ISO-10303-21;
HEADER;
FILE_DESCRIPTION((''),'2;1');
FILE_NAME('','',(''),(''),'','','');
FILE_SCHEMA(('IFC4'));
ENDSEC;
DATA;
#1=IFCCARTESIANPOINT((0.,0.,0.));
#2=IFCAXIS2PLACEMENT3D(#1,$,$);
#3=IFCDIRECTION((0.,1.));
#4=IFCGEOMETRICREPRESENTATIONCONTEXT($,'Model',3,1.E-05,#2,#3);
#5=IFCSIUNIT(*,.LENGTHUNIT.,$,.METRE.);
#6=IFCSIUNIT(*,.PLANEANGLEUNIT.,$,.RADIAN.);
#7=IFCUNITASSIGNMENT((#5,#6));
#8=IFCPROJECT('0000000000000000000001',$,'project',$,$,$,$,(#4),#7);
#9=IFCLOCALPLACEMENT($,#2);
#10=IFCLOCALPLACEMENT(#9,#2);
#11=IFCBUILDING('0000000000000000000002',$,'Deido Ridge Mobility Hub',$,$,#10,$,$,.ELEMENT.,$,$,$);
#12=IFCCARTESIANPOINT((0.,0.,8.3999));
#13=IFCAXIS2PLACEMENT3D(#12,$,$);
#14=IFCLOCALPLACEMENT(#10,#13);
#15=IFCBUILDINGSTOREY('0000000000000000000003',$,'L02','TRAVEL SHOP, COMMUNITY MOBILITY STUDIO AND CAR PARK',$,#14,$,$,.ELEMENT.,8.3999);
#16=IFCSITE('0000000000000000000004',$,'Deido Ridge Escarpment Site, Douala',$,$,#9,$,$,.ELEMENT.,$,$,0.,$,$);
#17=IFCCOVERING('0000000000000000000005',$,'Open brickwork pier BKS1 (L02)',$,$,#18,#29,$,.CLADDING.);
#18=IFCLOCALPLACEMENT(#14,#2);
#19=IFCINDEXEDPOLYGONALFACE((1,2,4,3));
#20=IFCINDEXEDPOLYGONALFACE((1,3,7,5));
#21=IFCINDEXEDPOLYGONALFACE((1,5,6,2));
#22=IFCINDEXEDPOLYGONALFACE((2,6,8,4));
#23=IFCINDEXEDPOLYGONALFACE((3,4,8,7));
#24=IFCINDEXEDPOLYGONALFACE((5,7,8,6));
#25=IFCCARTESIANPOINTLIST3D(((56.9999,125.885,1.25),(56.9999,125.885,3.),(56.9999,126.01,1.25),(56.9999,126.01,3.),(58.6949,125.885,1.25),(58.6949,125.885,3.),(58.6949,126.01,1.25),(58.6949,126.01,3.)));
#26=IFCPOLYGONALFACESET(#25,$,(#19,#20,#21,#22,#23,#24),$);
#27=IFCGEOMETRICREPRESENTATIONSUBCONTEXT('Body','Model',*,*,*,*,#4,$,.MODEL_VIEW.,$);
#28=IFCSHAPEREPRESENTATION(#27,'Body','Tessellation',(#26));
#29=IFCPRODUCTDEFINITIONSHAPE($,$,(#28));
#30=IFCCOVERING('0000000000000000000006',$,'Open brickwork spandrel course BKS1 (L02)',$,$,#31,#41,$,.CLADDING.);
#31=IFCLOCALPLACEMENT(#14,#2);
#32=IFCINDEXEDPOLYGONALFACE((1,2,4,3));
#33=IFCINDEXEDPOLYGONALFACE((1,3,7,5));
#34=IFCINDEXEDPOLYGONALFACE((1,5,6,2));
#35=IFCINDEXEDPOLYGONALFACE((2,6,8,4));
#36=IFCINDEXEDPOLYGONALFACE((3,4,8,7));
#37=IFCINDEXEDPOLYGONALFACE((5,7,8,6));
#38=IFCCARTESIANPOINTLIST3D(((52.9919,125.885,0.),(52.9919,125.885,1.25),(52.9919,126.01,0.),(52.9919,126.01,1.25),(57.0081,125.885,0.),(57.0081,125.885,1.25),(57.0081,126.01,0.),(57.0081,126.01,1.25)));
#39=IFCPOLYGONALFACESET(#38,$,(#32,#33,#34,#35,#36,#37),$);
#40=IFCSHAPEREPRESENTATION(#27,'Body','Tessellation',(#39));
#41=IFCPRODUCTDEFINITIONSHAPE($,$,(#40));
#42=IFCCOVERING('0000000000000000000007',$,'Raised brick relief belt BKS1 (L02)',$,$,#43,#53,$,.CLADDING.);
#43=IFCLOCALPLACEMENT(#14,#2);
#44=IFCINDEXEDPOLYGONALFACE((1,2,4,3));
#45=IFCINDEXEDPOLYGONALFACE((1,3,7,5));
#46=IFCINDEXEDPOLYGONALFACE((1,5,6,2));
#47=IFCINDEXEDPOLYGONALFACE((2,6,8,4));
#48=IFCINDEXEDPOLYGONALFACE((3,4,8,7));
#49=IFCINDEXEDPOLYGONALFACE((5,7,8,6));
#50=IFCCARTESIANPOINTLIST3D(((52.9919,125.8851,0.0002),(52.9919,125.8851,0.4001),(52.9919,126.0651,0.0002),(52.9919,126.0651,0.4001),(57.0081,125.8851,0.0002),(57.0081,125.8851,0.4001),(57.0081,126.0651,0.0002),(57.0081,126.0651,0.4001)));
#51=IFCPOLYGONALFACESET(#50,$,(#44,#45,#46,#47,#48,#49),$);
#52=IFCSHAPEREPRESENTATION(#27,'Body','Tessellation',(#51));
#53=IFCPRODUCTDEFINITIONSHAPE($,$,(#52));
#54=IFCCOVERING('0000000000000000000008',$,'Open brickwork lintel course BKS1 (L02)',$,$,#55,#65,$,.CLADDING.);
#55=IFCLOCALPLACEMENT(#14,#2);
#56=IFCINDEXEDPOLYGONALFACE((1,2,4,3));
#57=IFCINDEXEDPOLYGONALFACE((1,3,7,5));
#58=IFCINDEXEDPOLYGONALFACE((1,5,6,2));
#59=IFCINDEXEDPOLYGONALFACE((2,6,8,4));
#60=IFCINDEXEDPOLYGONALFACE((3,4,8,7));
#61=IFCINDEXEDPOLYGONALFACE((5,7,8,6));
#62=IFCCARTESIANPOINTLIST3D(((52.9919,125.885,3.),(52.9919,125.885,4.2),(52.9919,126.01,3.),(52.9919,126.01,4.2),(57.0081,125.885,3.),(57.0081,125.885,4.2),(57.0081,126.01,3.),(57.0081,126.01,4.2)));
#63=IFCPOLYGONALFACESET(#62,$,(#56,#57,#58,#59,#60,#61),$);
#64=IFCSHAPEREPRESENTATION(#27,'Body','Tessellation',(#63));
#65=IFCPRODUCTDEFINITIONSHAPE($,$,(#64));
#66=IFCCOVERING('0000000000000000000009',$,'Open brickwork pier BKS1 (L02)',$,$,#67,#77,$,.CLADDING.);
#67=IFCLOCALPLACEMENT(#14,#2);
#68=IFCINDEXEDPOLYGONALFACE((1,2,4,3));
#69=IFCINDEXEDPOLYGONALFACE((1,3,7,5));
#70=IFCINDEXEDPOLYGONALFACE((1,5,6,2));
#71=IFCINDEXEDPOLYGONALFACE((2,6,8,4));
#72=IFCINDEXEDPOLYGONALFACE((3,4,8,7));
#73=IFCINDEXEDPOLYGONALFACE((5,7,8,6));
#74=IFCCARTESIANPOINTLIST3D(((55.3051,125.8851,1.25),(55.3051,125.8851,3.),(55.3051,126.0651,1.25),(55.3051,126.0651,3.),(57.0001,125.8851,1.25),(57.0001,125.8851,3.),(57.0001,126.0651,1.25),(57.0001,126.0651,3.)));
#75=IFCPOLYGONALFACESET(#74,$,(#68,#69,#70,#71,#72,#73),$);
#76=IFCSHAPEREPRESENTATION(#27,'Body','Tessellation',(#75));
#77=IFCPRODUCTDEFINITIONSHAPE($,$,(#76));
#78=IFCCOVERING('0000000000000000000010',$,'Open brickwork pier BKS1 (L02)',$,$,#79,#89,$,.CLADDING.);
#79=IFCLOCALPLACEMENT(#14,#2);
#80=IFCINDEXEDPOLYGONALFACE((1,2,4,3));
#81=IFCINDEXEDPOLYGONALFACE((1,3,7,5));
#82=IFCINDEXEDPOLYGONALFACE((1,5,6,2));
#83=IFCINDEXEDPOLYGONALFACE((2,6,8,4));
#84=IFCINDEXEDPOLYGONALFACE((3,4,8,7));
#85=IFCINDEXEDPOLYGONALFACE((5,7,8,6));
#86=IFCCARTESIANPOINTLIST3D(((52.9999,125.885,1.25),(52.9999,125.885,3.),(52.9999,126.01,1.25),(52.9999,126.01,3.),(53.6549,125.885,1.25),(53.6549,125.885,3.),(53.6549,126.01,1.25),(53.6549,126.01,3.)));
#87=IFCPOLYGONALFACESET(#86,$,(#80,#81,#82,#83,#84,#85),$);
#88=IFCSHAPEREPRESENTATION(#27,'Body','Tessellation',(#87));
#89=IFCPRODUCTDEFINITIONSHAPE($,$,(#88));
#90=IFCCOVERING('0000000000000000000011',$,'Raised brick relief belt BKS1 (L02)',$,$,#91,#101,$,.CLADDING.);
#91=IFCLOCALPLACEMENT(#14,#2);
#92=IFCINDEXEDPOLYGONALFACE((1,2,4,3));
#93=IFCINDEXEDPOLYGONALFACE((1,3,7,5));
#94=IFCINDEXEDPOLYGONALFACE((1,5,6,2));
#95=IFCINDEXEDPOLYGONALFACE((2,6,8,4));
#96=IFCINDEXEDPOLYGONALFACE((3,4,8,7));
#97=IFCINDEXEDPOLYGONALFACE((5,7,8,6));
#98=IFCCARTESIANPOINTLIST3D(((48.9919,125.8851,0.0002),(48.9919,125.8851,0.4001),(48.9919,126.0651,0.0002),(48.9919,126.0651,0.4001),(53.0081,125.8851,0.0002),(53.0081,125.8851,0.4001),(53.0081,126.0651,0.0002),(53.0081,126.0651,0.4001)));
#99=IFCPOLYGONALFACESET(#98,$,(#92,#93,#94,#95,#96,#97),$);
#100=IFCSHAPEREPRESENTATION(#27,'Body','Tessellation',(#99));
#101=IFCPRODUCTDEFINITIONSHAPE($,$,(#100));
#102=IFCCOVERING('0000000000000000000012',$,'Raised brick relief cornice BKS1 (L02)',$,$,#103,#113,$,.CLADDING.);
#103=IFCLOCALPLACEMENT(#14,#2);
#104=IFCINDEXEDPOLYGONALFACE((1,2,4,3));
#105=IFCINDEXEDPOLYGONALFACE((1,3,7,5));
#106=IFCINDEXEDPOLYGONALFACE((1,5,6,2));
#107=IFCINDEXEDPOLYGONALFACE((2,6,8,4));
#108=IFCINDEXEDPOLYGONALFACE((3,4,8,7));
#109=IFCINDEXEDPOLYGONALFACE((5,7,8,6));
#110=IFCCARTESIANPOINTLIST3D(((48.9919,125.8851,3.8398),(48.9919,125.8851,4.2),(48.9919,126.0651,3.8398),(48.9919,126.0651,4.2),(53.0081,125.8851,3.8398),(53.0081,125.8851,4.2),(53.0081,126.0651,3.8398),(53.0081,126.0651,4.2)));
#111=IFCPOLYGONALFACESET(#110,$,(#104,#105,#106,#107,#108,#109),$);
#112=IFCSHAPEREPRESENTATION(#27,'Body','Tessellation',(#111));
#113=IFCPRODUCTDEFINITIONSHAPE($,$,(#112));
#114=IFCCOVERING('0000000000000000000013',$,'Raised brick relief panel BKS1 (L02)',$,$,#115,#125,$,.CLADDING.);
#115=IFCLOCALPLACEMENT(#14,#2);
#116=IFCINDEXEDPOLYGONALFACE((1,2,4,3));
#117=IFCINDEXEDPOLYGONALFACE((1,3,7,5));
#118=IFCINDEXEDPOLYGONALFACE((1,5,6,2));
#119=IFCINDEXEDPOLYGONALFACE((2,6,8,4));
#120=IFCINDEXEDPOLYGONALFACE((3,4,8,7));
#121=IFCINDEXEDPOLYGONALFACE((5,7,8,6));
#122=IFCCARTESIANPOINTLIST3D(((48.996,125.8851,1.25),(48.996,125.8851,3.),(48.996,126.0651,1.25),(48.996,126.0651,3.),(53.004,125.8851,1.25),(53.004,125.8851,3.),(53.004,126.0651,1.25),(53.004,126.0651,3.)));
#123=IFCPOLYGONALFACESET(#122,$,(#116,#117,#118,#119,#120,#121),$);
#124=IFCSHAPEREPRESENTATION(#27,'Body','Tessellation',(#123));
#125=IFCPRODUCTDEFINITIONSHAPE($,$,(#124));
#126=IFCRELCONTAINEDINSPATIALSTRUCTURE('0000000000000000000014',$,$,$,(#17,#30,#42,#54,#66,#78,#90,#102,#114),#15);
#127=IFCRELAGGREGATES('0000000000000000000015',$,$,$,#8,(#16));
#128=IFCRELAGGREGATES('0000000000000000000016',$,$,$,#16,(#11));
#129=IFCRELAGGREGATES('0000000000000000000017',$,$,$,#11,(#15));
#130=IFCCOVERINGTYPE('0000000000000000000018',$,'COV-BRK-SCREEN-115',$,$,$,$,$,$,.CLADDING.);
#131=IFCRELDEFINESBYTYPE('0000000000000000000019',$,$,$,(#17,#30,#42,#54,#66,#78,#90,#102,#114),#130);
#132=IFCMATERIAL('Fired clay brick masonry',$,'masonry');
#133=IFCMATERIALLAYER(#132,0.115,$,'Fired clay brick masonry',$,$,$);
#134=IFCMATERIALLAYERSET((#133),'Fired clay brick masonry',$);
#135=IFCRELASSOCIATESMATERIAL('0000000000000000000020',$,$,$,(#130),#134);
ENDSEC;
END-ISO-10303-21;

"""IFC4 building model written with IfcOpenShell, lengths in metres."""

from ifc_helpers import new_model, si_unit, direction, frame, origin, origin_2d, place, context, subcontext, project, spatial, rectangle, extrude, material, layer, layer_set, type_object, element, save


model = new_model("IFC4")

# Units and contexts
model_context = context("Model", 3, precision=1e-05, world=origin(), true_north=direction((0.0, 1.0)))
body_context = subcontext(model_context, "Body", "Model", "MODEL_VIEW")
ifc_project = project(units=[si_unit("LENGTHUNIT", "METRE"), si_unit("PLANEANGLEUNIT", "RADIAN")], contexts=[model_context])

# Site, building, storey
site_placement = place(None, origin())
site = spatial("IfcSite", under=ifc_project, at=site_placement, Name="Deido Ridge Escarpment Site, Douala", CompositionType="ELEMENT", RefElevation=0.0)
building_placement = place(site_placement, origin())
building = spatial("IfcBuilding", under=site, at=building_placement, Name="Deido Ridge Mobility Hub", CompositionType="ELEMENT")
storey_placement = place(building_placement, frame((0.0, 0.0, 8.3999)))
storey = spatial("IfcBuildingStorey", under=building, at=storey_placement, Name="L02", Description="TRAVEL SHOP, COMMUNITY MOBILITY STUDIO AND CAR PARK", CompositionType="ELEMENT", Elevation=8.3999)

# Coverings
ifc_material_1 = material(Name="Fired clay brick masonry", Category="masonry")
ifc_layer = layer(ifc_material_1, 0.115, Name="Fired clay brick masonry")
ifc_layer_set = layer_set([ifc_layer], Name="Fired clay brick masonry")
covering_type = type_object("IfcCoveringType", Name="COV-BRK-SCREEN-115", PredefinedType="CLADDING", material=ifc_layer_set)
covering_1_placement = place(storey_placement, frame((57.8474, 125.9475, 1.25), z_axis=(0.0, 0.0, 1.0), x_axis=(-1.0, 0.0, 0.0)))
element("IfcCovering", 1, at=covering_1_placement, inside=storey, type_object=covering_type, Name="Open brickwork pier BKS1 (L02)", PredefinedType="CLADDING", context=body_context, shape_type="SweptSolid", body=[
    extrude(rectangle(XDim=1.6951, YDim=0.125, at=origin_2d()), origin(), (0.0, 0.0, 1.0), 1.75),
])
covering_2_placement = place(storey_placement, frame((55.0, 125.9475, 0.0), z_axis=(0.0, 0.0, 1.0), x_axis=(-1.0, 0.0, 0.0)))
element("IfcCovering", 2, at=covering_2_placement, inside=storey, type_object=covering_type, Name="Open brickwork spandrel course BKS1 (L02)", PredefinedType="CLADDING", context=body_context, shape_type="SweptSolid", body=[
    extrude(rectangle(XDim=4.0161, YDim=0.125, at=origin_2d()), origin(), (0.0, 0.0, 1.0), 1.25),
])
covering_3_placement = place(storey_placement, frame((55.0, 125.9751, 0.0002), z_axis=(0.0, 0.0, 1.0), x_axis=(-1.0, 0.0, 0.0)))
element("IfcCovering", 3, at=covering_3_placement, inside=storey, type_object=covering_type, Name="Raised brick relief belt BKS1 (L02)", PredefinedType="CLADDING", context=body_context, shape_type="SweptSolid", body=[
    extrude(rectangle(XDim=4.0161, YDim=0.1799, at=origin_2d()), origin(), (0.0, 0.0, 1.0), 0.3999),
])
covering_4_placement = place(storey_placement, frame((55.0, 125.9475, 3.0), z_axis=(0.0, 0.0, 1.0), x_axis=(-1.0, 0.0, 0.0)))
element("IfcCovering", 4, at=covering_4_placement, inside=storey, type_object=covering_type, Name="Open brickwork lintel course BKS1 (L02)", PredefinedType="CLADDING", context=body_context, shape_type="SweptSolid", body=[
    extrude(rectangle(XDim=4.0161, YDim=0.125, at=origin_2d()), origin(), (0.0, 0.0, 1.0), 1.2),
])
covering_5_placement = place(storey_placement, frame((56.1526, 125.9751, 1.25), z_axis=(0.0, 0.0, 1.0), x_axis=(-1.0, 0.0, 0.0)))
element("IfcCovering", 5, at=covering_5_placement, inside=storey, type_object=covering_type, Name="Open brickwork pier BKS1 (L02)", PredefinedType="CLADDING", context=body_context, shape_type="SweptSolid", body=[
    extrude(rectangle(XDim=1.6951, YDim=0.1799, at=origin_2d()), origin(), (0.0, 0.0, 1.0), 1.75),
])
covering_6_placement = place(storey_placement, frame((53.3274, 125.9475, 1.25), z_axis=(0.0, 0.0, 1.0), x_axis=(-1.0, 0.0, 0.0)))
element("IfcCovering", 6, at=covering_6_placement, inside=storey, type_object=covering_type, Name="Open brickwork pier BKS1 (L02)", PredefinedType="CLADDING", context=body_context, shape_type="SweptSolid", body=[
    extrude(rectangle(XDim=0.655, YDim=0.125, at=origin_2d()), origin(), (0.0, 0.0, 1.0), 1.75),
])
covering_7_placement = place(storey_placement, frame((51.0, 125.9751, 0.0002), z_axis=(0.0, 0.0, 1.0), x_axis=(-1.0, 0.0, 0.0)))
element("IfcCovering", 7, at=covering_7_placement, inside=storey, type_object=covering_type, Name="Raised brick relief belt BKS1 (L02)", PredefinedType="CLADDING", context=body_context, shape_type="SweptSolid", body=[
    extrude(rectangle(XDim=4.0161, YDim=0.1799, at=origin_2d()), origin(), (0.0, 0.0, 1.0), 0.3999),
])
covering_8_placement = place(storey_placement, frame((51.0, 125.9751, 3.8398), z_axis=(0.0, 0.0, 1.0), x_axis=(-1.0, 0.0, 0.0)))
element("IfcCovering", 8, at=covering_8_placement, inside=storey, type_object=covering_type, Name="Raised brick relief cornice BKS1 (L02)", PredefinedType="CLADDING", context=body_context, shape_type="SweptSolid", body=[
    extrude(rectangle(XDim=4.0161, YDim=0.1799, at=origin_2d()), origin(), (0.0, 0.0, 1.0), 0.3601),
])
covering_9_placement = place(storey_placement, frame((51.0, 125.9751, 1.25), z_axis=(0.0, 0.0, 1.0), x_axis=(-1.0, 0.0, 0.0)))
element("IfcCovering", 9, at=covering_9_placement, inside=storey, type_object=covering_type, Name="Raised brick relief panel BKS1 (L02)", PredefinedType="CLADDING", context=body_context, shape_type="SweptSolid", body=[
    extrude(rectangle(XDim=4.0081, YDim=0.1799, at=origin_2d()), origin(), (0.0, 0.0, 1.0), 1.75),
])

save(model, "model.ifc")
